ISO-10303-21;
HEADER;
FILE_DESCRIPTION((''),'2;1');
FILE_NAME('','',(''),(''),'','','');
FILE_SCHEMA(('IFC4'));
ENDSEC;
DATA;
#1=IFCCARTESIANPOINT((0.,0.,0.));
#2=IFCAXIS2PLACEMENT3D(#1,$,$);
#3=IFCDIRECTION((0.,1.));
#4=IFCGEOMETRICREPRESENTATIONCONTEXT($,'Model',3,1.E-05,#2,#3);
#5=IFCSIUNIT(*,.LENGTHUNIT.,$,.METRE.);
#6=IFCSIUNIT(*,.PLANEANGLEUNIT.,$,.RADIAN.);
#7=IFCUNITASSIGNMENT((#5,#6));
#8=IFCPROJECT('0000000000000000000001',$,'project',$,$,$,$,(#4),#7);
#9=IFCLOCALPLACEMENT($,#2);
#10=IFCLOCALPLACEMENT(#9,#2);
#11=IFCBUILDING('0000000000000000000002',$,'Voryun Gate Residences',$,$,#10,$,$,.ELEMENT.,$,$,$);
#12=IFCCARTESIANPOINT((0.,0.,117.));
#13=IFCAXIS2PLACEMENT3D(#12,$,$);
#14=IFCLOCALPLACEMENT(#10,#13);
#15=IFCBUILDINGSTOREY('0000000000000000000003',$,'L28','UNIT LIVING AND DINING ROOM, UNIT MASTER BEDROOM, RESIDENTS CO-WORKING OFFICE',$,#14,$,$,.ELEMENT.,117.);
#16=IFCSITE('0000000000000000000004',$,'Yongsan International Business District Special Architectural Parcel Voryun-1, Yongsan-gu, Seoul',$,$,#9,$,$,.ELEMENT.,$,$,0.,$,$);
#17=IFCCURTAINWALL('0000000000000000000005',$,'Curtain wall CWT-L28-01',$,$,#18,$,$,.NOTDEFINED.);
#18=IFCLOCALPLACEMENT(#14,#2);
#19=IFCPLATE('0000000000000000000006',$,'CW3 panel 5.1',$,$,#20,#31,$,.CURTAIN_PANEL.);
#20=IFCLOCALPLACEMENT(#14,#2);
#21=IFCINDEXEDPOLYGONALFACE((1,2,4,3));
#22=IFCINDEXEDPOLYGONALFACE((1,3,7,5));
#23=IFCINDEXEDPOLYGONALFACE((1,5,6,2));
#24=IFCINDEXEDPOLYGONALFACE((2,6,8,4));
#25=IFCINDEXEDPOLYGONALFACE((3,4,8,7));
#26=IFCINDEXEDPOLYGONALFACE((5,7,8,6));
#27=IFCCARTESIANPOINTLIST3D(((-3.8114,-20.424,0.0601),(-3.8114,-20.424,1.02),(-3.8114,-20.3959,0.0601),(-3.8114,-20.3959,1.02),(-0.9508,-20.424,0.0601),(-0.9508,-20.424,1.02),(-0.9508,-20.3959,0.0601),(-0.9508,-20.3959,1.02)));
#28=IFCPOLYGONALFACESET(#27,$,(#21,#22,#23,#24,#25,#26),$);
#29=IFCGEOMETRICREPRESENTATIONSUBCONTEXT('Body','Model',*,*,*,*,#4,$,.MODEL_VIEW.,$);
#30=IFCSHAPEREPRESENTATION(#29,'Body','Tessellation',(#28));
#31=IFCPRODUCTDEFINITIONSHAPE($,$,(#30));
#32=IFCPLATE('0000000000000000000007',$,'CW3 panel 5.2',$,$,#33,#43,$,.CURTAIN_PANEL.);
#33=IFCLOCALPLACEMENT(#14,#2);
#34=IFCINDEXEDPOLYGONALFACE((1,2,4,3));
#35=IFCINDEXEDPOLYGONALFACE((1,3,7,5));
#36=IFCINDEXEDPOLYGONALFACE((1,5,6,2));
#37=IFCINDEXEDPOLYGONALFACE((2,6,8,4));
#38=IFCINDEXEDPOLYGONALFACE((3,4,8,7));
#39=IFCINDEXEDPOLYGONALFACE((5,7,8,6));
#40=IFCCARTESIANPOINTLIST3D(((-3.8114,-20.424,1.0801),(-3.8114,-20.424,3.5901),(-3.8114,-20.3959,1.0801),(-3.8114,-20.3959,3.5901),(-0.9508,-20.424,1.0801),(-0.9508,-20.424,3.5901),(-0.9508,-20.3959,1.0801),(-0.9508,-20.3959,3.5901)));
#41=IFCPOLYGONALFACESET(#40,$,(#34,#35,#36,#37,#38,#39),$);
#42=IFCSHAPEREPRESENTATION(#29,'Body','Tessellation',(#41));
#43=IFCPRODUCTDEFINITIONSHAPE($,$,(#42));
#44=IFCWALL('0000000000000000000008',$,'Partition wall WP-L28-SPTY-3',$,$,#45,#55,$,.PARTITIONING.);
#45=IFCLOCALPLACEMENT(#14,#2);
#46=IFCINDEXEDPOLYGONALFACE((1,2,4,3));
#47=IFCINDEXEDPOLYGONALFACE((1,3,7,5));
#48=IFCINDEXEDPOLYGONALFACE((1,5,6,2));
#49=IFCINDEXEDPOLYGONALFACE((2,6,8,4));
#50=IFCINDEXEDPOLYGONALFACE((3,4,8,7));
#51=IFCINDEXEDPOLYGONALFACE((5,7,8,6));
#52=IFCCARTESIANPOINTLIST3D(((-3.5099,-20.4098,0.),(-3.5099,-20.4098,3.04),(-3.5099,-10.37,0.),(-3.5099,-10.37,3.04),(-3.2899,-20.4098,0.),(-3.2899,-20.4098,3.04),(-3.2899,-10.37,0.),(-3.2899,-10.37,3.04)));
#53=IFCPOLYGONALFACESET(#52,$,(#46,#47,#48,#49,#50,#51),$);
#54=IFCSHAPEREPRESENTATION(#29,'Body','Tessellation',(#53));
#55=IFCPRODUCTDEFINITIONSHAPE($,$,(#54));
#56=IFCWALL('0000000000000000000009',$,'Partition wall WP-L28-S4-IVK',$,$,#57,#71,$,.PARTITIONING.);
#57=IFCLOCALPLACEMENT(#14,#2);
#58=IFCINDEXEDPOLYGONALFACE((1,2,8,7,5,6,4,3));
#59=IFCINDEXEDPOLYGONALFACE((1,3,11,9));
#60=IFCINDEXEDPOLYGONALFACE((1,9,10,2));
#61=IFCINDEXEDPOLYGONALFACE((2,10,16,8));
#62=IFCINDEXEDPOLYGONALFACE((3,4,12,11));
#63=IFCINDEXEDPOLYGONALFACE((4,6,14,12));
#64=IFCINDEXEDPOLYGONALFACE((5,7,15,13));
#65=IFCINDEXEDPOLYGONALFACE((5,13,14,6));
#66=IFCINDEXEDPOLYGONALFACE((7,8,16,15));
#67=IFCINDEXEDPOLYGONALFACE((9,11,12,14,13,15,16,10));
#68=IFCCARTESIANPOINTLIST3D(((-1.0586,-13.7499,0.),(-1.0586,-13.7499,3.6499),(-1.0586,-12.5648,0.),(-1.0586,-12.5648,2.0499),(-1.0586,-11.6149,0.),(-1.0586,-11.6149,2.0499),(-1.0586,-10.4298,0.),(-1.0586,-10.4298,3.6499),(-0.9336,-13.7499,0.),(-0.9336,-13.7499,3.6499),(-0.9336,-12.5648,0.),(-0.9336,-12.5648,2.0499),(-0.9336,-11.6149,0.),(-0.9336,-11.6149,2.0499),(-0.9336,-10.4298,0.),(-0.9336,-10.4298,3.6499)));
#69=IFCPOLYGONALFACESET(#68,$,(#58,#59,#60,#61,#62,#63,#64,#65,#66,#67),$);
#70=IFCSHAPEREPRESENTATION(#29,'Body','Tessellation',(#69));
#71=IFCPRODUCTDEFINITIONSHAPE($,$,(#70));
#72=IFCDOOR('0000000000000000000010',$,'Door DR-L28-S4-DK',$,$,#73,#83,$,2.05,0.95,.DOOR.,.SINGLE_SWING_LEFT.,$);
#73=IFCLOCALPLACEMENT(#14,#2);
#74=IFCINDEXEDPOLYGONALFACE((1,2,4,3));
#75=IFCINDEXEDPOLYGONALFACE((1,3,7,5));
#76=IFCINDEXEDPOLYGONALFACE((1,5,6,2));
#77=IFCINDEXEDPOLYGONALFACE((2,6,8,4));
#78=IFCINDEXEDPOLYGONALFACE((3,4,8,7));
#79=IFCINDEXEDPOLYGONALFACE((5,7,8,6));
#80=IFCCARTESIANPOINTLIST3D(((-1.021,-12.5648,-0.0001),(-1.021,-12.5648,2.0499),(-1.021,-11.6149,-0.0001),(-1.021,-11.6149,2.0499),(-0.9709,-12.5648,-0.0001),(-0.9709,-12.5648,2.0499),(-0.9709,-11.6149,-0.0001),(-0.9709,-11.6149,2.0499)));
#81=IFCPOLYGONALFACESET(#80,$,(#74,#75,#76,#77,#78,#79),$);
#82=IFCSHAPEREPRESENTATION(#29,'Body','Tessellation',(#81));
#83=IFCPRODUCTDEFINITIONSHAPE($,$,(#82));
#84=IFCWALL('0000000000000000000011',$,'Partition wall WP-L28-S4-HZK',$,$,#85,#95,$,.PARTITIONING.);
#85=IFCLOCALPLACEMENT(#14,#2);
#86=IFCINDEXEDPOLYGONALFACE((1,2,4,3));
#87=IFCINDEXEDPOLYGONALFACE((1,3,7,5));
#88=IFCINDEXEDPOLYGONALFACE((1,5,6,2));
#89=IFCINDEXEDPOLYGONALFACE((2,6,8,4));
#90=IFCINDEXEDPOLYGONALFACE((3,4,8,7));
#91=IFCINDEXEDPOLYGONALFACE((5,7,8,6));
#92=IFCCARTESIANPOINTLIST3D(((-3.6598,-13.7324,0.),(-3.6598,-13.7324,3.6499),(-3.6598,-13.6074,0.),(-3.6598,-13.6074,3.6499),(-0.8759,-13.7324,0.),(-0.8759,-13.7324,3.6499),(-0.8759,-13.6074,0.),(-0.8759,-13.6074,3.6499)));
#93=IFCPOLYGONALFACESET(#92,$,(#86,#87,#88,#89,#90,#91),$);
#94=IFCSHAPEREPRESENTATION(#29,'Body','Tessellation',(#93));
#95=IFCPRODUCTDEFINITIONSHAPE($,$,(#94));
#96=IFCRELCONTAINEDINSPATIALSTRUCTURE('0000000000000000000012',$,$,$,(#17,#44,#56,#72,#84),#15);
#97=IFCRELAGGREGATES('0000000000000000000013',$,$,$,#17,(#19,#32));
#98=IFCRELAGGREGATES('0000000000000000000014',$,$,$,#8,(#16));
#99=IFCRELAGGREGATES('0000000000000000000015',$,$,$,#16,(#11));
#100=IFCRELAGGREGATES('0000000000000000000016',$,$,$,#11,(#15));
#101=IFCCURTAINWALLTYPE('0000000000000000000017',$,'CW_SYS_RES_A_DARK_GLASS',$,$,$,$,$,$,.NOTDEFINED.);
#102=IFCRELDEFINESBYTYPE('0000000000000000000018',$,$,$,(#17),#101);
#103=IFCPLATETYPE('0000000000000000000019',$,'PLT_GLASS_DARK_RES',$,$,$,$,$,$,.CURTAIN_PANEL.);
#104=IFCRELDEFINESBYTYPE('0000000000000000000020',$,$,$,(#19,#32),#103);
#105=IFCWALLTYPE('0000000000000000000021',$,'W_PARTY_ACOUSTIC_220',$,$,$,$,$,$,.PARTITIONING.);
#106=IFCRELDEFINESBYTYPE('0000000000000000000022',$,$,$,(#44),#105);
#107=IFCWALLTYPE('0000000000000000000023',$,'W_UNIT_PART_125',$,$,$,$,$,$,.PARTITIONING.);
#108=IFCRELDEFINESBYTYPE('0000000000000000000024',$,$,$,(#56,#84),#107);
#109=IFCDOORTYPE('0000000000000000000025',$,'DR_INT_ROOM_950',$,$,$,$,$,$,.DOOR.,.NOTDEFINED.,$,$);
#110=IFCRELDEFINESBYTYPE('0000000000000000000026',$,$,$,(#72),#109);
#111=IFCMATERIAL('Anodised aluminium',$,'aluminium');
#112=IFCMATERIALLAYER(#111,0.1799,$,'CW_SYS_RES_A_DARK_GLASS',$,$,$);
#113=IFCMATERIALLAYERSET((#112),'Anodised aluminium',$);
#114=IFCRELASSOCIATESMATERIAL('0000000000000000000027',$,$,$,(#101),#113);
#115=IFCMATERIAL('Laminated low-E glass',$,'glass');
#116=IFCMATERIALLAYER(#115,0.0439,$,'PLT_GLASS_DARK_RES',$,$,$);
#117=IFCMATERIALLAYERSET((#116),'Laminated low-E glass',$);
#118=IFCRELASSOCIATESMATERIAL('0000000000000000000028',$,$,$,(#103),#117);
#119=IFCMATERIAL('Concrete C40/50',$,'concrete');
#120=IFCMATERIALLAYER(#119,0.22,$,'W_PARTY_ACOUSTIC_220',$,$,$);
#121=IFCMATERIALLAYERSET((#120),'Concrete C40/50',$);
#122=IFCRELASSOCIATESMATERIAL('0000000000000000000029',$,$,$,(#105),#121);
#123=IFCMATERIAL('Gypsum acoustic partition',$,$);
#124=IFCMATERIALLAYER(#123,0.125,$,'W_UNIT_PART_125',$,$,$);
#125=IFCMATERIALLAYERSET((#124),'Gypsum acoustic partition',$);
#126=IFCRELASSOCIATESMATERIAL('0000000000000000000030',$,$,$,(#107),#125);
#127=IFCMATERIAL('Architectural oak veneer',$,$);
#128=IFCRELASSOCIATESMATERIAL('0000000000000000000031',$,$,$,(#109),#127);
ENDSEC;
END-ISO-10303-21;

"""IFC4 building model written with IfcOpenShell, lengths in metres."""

from ifc_helpers import new_model, si_unit, direction, frame, frame_2d, origin, origin_2d, place, context, subcontext, project, spatial, rectangle, extrude, material, layer, layer_set, type_object, element, fill, aggregate, save


model = new_model("IFC4")

# Units and contexts
model_context = context("Model", 3, precision=1e-05, world=origin(), true_north=direction((0.0, 1.0)))
body_context = subcontext(model_context, "Body", "Model", "MODEL_VIEW")
ifc_project = project(units=[si_unit("LENGTHUNIT", "METRE"), si_unit("PLANEANGLEUNIT", "RADIAN")], contexts=[model_context])

# Site, building, storey
site_placement = place(None, origin())
site = spatial("IfcSite", under=ifc_project, at=site_placement, Name="Yongsan International Business District Special Architectural Parcel Voryun-1, Yongsan-gu, Seoul", CompositionType="ELEMENT", RefElevation=0.0)
building_placement = place(site_placement, origin())
building = spatial("IfcBuilding", under=site, at=building_placement, Name="Voryun Gate Residences", CompositionType="ELEMENT")
storey_placement = place(building_placement, frame((0.0, 0.0, 117.0)))
storey = spatial("IfcBuildingStorey", under=building, at=storey_placement, Name="L28", Description="UNIT LIVING AND DINING ROOM, UNIT MASTER BEDROOM, RESIDENTS CO-WORKING OFFICE", CompositionType="ELEMENT", Elevation=117.0)

# Curtain wall, plates
ifc_material_1 = material(Name="Anodised aluminium", Category="aluminium")
ifc_layer_1 = layer(ifc_material_1, 0.1799, Name="CW_SYS_RES_A_DARK_GLASS")
ifc_layer_set_1 = layer_set([ifc_layer_1], Name="Anodised aluminium")
curtain_wall_type = type_object("IfcCurtainWallType", Name="CW_SYS_RES_A_DARK_GLASS", PredefinedType="NOTDEFINED", material=ifc_layer_set_1)
curtain_wall_placement = place(storey_placement, origin())
curtain_wall = element("IfcCurtainWall", 1, at=curtain_wall_placement, inside=storey, type_object=curtain_wall_type, Name="Curtain wall CWT-L28-01", PredefinedType="NOTDEFINED")
ifc_material_2 = material(Name="Laminated low-E glass", Category="glass")
ifc_layer_2 = layer(ifc_material_2, 0.0439, Name="PLT_GLASS_DARK_RES")
ifc_layer_set_2 = layer_set([ifc_layer_2], Name="Laminated low-E glass")
plate_type = type_object("IfcPlateType", Name="PLT_GLASS_DARK_RES", PredefinedType="CURTAIN_PANEL", material=ifc_layer_set_2)
plate_1_placement = place(storey_placement, frame((-2.3811, -20.4099, 0.0601), z_axis=(0.0, 0.0, 1.0), x_axis=(-1.0, 0.0, 0.0)))
plate_1 = element("IfcPlate", 2, at=plate_1_placement, type_object=plate_type, Name="CW3 panel 5.1", PredefinedType="CURTAIN_PANEL", context=body_context, shape_type="SweptSolid", body=[
    extrude(rectangle(XDim=2.8606, YDim=0.0281, at=origin_2d()), origin(), (0.0, 0.0, 1.0), 0.96),
])
plate_2_placement = place(storey_placement, frame((-2.3811, -20.4099, 1.0801), z_axis=(0.0, 0.0, 1.0), x_axis=(-1.0, 0.0, 0.0)))
plate_2 = element("IfcPlate", 3, at=plate_2_placement, type_object=plate_type, Name="CW3 panel 5.2", PredefinedType="CURTAIN_PANEL", context=body_context, shape_type="SweptSolid", body=[
    extrude(rectangle(XDim=2.8606, YDim=0.0281, at=origin_2d()), origin(), (0.0, 0.0, 1.0), 2.51),
])
aggregate(curtain_wall, [plate_1, plate_2])

# Wall
ifc_material_3 = material(Name="Concrete C40/50", Category="concrete")
ifc_layer_3 = layer(ifc_material_3, 0.22, Name="W_PARTY_ACOUSTIC_220")
ifc_layer_set_3 = layer_set([ifc_layer_3], Name="Concrete C40/50")
wall_type_1 = type_object("IfcWallType", Name="W_PARTY_ACOUSTIC_220", PredefinedType="PARTITIONING", material=ifc_layer_set_3)
wall_1_placement = place(storey_placement, frame((-3.3999, -20.4099, 0.0), z_axis=(0.0, 0.0, 1.0), x_axis=(0.0, 1.0, 0.0)))
element("IfcWall", 4, at=wall_1_placement, inside=storey, type_object=wall_type_1, Name="Partition wall WP-L28-SPTY-3", PredefinedType="PARTITIONING", context=body_context, shape_type="SweptSolid", body=[
    extrude(rectangle(XDim=10.0398, YDim=0.22, at=frame_2d((5.02, 0.0))), origin(), (0.0, 0.0, 1.0), 3.04),
])

# Wall, opening, door
ifc_material_4 = material(Name="Gypsum acoustic partition")
ifc_layer_4 = layer(ifc_material_4, 0.125, Name="W_UNIT_PART_125")
ifc_layer_set_4 = layer_set([ifc_layer_4], Name="Gypsum acoustic partition")
wall_type_2 = type_object("IfcWallType", Name="W_UNIT_PART_125", PredefinedType="PARTITIONING", material=ifc_layer_set_4)
wall_2_placement = place(storey_placement, frame((-0.9961, -13.75, 0.0), z_axis=(0.0, 0.0, 1.0), x_axis=(0.0, 1.0, 0.0)))
wall_2 = element("IfcWall", 5, at=wall_2_placement, inside=storey, type_object=wall_type_2, Name="Partition wall WP-L28-S4-IVK", PredefinedType="PARTITIONING", context=body_context, shape_type="SweptSolid", body=[
    extrude(rectangle(XDim=3.3201, YDim=0.125, at=frame_2d((1.6602, 0.0))), origin(), (0.0, 0.0, 1.0), 3.6499),
])
opening_placement = place(wall_2_placement, frame((1.1851, 0.0, 0.0)))
opening = element("IfcOpeningElement", 6, at=opening_placement, cuts=wall_2, PredefinedType="OPENING", context=body_context, shape_type="SweptSolid", body=[
    extrude(rectangle(XDim=0.95, YDim=2.05, at=frame_2d((0.4751, 1.0249))), frame((0.0, 0.0725, 0.0), z_axis=(0.0, -1.0, 0.0), x_axis=(1.0, 0.0, 0.0)), (0.0, 0.0, 1.0), 0.145),
])
ifc_material_5 = material(Name="Architectural oak veneer")
door_type = type_object("IfcDoorType", Name="DR_INT_ROOM_950", OperationType="NOTDEFINED", PredefinedType="DOOR", material=ifc_material_5)
door_placement = place(opening_placement, origin())
door = element("IfcDoor", 7, at=door_placement, inside=storey, type_object=door_type, Name="Door DR-L28-S4-DK", OperationType="SINGLE_SWING_LEFT", OverallHeight=2.05, OverallWidth=0.95, PredefinedType="DOOR", context=body_context, shape_type="SweptSolid", body=[
    extrude(rectangle(XDim=0.95, YDim=2.05, at=frame_2d((0.4751, 1.0249))), frame((0.0, 0.0249, 0.0), z_axis=(0.0, -1.0, 0.0), x_axis=(1.0, 0.0, 0.0)), (0.0, 0.0, 1.0), 0.05),
])
fill(opening, door)

# Wall
wall_3_placement = place(storey_placement, frame((-3.6599, -13.6699, 0.0), z_axis=(0.0, 0.0, 1.0), x_axis=(1.0, 0.0, 0.0)))
element("IfcWall", 8, at=wall_3_placement, inside=storey, type_object=wall_type_2, Name="Partition wall WP-L28-S4-HZK", PredefinedType="PARTITIONING", context=body_context, shape_type="SweptSolid", body=[
    extrude(rectangle(XDim=2.7839, YDim=0.125, at=frame_2d((1.3921, 0.0))), origin(), (0.0, 0.0, 1.0), 3.6499),
])

save(model, "model.ifc")
